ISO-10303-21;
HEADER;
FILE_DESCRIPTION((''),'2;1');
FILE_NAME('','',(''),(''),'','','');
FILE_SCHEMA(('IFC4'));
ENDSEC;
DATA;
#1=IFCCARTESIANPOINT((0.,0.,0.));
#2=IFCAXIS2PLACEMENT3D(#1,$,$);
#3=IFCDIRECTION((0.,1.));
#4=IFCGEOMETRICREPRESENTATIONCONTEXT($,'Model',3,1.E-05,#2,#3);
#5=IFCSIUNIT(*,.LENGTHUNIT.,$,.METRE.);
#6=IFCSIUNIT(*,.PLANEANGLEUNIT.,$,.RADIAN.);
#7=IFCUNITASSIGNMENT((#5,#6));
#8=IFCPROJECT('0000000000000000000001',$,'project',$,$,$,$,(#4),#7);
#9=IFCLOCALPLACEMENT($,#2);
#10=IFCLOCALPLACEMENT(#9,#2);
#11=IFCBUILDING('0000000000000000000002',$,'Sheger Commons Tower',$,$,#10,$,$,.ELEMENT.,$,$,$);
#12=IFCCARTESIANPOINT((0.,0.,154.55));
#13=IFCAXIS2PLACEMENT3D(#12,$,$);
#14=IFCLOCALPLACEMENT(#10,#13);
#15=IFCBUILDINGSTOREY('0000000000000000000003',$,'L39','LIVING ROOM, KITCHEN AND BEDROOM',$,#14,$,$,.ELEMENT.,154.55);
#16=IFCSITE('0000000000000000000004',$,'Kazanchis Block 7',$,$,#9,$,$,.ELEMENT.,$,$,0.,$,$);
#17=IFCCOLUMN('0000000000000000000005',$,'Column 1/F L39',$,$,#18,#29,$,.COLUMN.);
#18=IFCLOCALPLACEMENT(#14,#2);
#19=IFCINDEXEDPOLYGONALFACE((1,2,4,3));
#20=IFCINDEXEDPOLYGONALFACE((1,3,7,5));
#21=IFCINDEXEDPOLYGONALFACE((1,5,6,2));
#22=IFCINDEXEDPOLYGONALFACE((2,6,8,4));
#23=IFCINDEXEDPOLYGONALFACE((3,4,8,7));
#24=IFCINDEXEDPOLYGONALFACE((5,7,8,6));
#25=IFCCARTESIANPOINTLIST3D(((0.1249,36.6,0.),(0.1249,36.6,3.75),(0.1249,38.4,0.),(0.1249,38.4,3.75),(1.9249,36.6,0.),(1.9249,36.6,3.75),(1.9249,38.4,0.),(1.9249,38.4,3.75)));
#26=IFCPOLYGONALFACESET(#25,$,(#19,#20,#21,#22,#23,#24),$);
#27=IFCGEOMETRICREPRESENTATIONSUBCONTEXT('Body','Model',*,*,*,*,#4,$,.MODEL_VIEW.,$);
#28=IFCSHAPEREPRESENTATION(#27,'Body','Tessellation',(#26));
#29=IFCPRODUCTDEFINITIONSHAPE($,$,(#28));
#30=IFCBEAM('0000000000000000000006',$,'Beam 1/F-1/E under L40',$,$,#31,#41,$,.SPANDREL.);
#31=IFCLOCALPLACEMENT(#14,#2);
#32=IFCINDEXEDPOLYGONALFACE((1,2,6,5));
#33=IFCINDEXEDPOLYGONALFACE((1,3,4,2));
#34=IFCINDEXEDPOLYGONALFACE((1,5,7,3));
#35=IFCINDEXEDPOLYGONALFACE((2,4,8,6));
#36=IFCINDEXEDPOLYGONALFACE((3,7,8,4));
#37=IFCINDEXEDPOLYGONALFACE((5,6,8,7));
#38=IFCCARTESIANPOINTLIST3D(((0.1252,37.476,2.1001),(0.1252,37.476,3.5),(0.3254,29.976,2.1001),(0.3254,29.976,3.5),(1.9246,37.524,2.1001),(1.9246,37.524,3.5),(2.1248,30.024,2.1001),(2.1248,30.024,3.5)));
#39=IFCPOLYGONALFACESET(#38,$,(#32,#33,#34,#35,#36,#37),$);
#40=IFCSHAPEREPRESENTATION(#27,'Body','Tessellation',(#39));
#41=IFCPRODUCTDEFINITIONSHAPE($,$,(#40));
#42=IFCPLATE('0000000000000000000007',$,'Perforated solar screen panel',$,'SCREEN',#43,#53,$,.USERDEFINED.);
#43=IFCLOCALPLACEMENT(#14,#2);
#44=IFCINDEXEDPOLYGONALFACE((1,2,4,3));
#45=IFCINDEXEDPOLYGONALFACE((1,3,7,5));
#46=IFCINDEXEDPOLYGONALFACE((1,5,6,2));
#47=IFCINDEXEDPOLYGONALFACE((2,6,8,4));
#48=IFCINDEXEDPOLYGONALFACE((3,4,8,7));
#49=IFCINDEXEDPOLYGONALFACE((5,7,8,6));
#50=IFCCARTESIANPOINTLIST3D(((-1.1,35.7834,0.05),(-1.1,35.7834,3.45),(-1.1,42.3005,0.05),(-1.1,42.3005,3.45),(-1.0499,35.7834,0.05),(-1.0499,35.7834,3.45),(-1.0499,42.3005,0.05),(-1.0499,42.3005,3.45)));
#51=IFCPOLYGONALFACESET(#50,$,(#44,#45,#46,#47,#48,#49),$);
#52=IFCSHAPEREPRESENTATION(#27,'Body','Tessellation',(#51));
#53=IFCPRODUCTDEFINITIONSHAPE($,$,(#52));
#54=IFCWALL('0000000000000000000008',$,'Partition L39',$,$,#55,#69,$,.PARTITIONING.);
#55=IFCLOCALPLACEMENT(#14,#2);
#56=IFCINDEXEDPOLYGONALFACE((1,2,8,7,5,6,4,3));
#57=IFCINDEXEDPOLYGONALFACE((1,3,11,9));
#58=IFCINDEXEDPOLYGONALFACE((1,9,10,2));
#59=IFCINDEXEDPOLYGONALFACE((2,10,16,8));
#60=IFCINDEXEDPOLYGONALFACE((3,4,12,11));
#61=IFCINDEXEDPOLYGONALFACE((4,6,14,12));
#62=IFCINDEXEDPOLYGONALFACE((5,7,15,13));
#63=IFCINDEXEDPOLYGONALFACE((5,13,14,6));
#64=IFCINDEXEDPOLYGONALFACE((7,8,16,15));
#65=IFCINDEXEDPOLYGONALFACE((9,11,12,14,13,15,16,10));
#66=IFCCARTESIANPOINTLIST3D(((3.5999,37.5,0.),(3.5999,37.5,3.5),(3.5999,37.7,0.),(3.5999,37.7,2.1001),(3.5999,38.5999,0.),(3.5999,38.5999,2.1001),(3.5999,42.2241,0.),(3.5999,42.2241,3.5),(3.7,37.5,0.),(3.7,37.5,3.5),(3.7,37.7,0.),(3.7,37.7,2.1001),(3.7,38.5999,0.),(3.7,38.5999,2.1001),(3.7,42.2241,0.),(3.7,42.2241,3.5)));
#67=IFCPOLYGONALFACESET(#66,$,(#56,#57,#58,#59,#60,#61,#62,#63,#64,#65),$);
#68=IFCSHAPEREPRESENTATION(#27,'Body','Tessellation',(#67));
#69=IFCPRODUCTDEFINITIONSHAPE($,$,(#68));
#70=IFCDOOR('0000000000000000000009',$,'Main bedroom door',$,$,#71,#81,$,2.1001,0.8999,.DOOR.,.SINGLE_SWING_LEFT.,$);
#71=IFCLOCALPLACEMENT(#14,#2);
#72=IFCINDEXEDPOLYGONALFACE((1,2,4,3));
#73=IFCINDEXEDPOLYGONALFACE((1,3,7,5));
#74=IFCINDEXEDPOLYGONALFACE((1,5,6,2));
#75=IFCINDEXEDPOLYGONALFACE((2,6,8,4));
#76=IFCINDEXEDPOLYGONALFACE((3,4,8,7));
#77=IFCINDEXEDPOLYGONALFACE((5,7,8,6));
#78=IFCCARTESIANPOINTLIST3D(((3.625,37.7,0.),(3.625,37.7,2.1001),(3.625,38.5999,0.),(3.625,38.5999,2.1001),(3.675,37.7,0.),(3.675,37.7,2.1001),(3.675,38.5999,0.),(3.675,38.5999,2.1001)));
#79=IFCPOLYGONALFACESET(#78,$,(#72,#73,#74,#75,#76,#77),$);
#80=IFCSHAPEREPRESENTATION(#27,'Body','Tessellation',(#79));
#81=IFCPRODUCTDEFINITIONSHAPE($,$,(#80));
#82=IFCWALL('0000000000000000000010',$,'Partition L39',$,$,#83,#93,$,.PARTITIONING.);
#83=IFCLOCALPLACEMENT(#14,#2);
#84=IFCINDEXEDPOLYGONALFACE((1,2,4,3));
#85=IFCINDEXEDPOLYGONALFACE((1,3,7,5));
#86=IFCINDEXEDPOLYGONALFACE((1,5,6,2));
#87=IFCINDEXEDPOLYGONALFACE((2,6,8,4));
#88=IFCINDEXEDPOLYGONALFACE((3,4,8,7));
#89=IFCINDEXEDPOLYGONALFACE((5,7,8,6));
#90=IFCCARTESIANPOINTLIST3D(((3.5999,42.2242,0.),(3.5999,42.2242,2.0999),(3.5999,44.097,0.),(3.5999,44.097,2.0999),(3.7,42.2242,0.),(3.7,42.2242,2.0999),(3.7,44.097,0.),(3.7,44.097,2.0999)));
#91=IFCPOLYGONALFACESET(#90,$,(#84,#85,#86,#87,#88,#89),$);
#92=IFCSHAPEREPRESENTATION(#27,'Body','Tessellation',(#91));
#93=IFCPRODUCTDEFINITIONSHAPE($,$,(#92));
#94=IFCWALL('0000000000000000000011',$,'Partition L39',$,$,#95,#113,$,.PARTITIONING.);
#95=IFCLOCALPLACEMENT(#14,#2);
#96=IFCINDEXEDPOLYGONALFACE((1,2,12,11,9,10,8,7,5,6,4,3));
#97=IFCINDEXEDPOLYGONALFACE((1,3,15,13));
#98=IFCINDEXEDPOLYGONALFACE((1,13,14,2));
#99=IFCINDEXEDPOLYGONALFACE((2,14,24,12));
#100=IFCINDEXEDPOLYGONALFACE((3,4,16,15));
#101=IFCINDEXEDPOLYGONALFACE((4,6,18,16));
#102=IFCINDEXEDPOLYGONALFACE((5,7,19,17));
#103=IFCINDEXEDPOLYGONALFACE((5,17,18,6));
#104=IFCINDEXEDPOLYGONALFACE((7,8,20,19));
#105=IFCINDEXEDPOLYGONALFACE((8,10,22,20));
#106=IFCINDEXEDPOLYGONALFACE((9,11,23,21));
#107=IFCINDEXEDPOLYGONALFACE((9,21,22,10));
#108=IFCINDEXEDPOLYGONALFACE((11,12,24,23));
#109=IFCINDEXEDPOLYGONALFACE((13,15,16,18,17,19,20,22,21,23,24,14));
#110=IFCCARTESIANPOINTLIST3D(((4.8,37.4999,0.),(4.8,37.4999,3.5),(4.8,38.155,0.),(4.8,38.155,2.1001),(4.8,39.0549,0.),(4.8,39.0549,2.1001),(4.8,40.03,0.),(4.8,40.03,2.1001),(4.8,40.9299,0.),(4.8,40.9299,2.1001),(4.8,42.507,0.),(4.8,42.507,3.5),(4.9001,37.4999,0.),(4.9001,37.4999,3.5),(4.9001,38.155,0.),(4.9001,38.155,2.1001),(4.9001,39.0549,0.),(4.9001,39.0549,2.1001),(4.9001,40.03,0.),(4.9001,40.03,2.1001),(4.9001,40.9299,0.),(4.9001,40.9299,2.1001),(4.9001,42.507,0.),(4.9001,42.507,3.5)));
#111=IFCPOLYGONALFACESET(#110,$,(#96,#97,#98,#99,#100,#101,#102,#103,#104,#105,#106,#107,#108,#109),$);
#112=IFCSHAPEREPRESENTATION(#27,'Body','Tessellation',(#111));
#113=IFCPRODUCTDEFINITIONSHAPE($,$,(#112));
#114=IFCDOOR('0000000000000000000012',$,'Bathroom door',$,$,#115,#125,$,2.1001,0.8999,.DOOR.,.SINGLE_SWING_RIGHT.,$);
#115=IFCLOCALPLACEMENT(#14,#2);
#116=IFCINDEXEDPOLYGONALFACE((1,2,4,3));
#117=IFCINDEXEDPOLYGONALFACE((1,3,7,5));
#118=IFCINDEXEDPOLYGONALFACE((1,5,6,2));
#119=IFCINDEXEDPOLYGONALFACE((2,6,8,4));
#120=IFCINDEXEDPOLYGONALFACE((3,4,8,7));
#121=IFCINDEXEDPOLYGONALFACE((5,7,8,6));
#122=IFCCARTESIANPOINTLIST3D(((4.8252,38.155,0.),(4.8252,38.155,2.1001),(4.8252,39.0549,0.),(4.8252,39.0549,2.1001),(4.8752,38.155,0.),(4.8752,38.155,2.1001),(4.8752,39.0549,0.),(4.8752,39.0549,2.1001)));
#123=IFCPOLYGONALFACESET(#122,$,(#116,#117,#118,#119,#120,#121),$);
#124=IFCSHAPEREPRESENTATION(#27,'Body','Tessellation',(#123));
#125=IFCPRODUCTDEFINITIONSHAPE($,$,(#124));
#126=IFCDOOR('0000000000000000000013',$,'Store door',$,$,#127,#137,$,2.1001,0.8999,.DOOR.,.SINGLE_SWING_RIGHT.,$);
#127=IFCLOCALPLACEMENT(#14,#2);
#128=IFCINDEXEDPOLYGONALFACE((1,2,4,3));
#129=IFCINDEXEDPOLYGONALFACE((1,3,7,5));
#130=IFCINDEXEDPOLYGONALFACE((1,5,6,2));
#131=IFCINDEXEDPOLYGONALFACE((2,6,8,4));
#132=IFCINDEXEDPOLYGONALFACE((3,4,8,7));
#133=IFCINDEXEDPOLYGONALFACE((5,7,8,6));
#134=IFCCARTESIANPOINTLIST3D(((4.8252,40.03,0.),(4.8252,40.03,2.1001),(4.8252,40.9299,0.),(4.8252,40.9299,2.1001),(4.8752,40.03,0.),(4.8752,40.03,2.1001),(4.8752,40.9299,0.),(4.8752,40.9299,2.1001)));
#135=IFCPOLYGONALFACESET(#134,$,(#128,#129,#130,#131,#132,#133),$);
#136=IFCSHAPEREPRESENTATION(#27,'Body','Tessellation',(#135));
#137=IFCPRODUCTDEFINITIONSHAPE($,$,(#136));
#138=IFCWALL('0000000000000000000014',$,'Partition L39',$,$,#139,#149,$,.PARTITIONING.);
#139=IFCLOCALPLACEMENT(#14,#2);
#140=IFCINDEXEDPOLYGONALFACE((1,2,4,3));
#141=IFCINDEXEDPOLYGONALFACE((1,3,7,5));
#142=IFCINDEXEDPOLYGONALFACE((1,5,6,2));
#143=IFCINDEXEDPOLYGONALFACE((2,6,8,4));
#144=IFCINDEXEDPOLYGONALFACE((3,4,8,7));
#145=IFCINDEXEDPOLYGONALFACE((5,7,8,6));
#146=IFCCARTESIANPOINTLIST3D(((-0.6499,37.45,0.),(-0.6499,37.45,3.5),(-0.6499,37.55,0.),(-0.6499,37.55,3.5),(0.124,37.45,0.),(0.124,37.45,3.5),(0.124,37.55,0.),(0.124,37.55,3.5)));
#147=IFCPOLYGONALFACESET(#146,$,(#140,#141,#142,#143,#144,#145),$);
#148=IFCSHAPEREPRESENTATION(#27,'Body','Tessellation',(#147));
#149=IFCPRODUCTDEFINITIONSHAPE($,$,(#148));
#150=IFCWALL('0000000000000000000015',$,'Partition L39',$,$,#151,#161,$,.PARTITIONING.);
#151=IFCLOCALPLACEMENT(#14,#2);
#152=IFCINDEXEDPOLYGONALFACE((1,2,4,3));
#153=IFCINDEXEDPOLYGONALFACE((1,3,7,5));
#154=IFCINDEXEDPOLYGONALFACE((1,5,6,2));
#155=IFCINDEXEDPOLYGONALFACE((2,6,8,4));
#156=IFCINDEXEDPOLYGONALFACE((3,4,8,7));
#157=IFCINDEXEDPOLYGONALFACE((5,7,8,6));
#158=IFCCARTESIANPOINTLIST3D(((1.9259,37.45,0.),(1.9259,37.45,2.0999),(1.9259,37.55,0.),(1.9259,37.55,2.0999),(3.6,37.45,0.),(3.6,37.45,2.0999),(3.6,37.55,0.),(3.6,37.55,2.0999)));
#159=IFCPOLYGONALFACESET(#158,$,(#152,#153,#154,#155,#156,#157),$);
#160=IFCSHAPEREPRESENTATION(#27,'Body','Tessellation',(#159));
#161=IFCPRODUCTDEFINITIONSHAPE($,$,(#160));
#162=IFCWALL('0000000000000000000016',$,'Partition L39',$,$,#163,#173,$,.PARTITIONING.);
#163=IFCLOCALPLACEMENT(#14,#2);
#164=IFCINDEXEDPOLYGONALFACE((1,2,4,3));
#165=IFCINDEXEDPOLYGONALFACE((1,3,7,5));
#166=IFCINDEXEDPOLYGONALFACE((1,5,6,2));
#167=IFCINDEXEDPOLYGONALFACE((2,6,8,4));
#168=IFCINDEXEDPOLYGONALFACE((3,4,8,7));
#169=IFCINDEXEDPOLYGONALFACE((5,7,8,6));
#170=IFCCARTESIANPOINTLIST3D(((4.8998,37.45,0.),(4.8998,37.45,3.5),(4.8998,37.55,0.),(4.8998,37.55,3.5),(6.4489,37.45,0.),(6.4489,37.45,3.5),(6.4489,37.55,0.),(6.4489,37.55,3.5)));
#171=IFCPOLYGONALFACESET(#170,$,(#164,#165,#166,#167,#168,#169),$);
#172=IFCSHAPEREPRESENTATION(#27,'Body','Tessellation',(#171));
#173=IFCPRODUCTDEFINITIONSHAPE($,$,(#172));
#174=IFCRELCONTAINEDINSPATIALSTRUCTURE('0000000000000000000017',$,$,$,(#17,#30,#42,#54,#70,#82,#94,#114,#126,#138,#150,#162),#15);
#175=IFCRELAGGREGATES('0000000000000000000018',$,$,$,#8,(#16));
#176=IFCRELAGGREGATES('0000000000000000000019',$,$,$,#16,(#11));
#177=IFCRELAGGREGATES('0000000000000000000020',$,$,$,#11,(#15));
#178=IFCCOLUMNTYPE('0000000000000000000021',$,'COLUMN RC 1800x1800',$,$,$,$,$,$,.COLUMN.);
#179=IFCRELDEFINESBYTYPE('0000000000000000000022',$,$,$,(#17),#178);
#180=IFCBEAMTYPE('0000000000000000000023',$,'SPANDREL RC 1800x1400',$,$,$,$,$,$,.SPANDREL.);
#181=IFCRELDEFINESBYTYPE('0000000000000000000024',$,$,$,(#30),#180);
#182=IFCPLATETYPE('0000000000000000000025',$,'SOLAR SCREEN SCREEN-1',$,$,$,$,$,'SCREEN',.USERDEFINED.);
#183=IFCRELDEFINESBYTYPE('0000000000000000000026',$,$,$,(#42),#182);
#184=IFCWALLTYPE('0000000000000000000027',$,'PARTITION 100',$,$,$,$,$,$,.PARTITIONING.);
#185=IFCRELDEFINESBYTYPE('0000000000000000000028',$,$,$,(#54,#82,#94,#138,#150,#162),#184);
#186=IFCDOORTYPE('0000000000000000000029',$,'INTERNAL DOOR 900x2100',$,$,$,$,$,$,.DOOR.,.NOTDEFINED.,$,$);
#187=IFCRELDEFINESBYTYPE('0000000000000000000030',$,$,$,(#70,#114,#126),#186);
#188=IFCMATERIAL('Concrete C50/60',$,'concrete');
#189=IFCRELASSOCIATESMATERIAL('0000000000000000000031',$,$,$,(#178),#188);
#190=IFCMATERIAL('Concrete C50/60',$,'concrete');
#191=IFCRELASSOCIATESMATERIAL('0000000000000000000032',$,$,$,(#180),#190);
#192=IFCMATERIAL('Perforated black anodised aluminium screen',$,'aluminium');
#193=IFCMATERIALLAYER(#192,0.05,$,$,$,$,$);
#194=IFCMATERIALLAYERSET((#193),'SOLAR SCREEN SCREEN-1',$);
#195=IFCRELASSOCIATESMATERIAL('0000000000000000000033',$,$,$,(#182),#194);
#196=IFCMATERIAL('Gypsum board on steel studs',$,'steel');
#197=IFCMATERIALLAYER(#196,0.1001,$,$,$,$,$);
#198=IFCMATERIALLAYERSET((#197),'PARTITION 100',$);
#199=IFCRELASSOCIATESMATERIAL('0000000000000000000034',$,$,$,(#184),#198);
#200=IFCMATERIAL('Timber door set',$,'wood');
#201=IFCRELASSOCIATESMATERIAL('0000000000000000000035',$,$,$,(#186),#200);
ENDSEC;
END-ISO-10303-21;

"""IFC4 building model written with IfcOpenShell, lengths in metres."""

from ifc_helpers import new_model, si_unit, direction, frame, frame_2d, origin, origin_2d, place, context, subcontext, project, spatial, rectangle, extrude, material, layer, layer_set, material_profile, profile_set, type_object, element, fill, save


model = new_model("IFC4")

# Units and contexts
model_context = context("Model", 3, precision=1e-05, world=origin(), true_north=direction((0.0, 1.0)))
body_context = subcontext(model_context, "Body", "Model", "MODEL_VIEW")
ifc_project = project(units=[si_unit("LENGTHUNIT", "METRE"), si_unit("PLANEANGLEUNIT", "RADIAN")], contexts=[model_context])

# Site, building, storey
site_placement = place(None, origin())
site = spatial("IfcSite", under=ifc_project, at=site_placement, Name="Kazanchis Block 7", CompositionType="ELEMENT", RefElevation=0.0)
building_placement = place(site_placement, origin())
building = spatial("IfcBuilding", under=site, at=building_placement, Name="Sheger Commons Tower", CompositionType="ELEMENT")
storey_placement = place(building_placement, frame((0.0, 0.0, 154.55)))
storey = spatial("IfcBuildingStorey", under=building, at=storey_placement, Name="L39", Description="LIVING ROOM, KITCHEN AND BEDROOM", CompositionType="ELEMENT", Elevation=154.55)

# Column
ifc_material_1 = material(Name="Concrete C50/60", Category="concrete")
ifc_material_profile_1 = material_profile(ifc_material_1, rectangle(XDim=1.8, YDim=1.8, at=origin_2d()), Name="RC 1800x1800")
ifc_profile_set_1 = profile_set([ifc_material_profile_1], Name="Concrete C50/60")
column_type = type_object("IfcColumnType", Name="COLUMN RC 1800x1800", PredefinedType="COLUMN", material=ifc_profile_set_1)
column_placement = place(storey_placement, frame((1.0249, 37.5, 0.0), z_axis=(0.0, 0.0, 1.0), x_axis=(1.0, 0.0, 0.0)))
element("IfcColumn", 1, at=column_placement, inside=storey, type_object=column_type, Name="Column 1/F L39", PredefinedType="COLUMN", context=body_context, shape_type="SweptSolid", body=[
    extrude(rectangle(XDim=1.8, YDim=1.8, at=origin_2d()), origin(), (0.0, 0.0, 1.0), 3.75),
])

# Beam
ifc_material_2 = material(Name="Concrete C50/60", Category="concrete")
ifc_material_profile_2 = material_profile(ifc_material_2, rectangle(XDim=1.8, YDim=1.3999, at=origin_2d()), Name="RC 1800x1400")
ifc_profile_set_2 = profile_set([ifc_material_profile_2], Name="Concrete C50/60")
beam_type = type_object("IfcBeamType", Name="SPANDREL RC 1800x1400", PredefinedType="SPANDREL", material=ifc_profile_set_2)
beam_placement = place(storey_placement, frame((1.0249, 37.5, 2.8), z_axis=(0.026683, -0.999644, 0.0), x_axis=(0.999644, 0.026683, 0.0)))
element("IfcBeam", 2, at=beam_placement, inside=storey, type_object=beam_type, Name="Beam 1/F-1/E under L40", PredefinedType="SPANDREL", context=body_context, shape_type="SweptSolid", body=[
    extrude(rectangle(XDim=1.8, YDim=1.3999, at=origin_2d()), origin(), (0.0, 0.0, 1.0), 7.5027),
])

# Plate
ifc_material_3 = material(Name="Perforated black anodised aluminium screen", Category="aluminium")
ifc_layer_1 = layer(ifc_material_3, 0.05)
ifc_layer_set_1 = layer_set([ifc_layer_1], Name="SOLAR SCREEN SCREEN-1")
plate_type = type_object("IfcPlateType", Name="SOLAR SCREEN SCREEN-1", ElementType="SCREEN", PredefinedType="USERDEFINED", material=ifc_layer_set_1)
plate_placement = place(storey_placement, frame((-1.075, 39.042, 0.05), z_axis=(0.0, 0.0, 1.0), x_axis=(0.0, -1.0, 0.0)))
element("IfcPlate", 3, at=plate_placement, inside=storey, type_object=plate_type, Name="Perforated solar screen panel", ObjectType="SCREEN", PredefinedType="USERDEFINED", context=body_context, shape_type="SweptSolid", body=[
    extrude(rectangle(XDim=6.5171, YDim=0.05, at=origin_2d()), origin(), (0.0, 0.0, 1.0), 3.3999),
])

# Wall, opening, door
ifc_material_4 = material(Name="Gypsum board on steel studs", Category="steel")
ifc_layer_2 = layer(ifc_material_4, 0.1001)
ifc_layer_set_2 = layer_set([ifc_layer_2], Name="PARTITION 100")
wall_type = type_object("IfcWallType", Name="PARTITION 100", PredefinedType="PARTITIONING", material=ifc_layer_set_2)
wall_1_placement = place(storey_placement, frame((3.6499, 37.5, 0.0), z_axis=(0.0, 0.0, 1.0), x_axis=(0.0, 1.0, 0.0)))
wall_1 = element("IfcWall", 4, at=wall_1_placement, inside=storey, type_object=wall_type, Name="Partition L39", PredefinedType="PARTITIONING", context=body_context, shape_type="SweptSolid", body=[
    extrude(rectangle(XDim=4.7241, YDim=0.1001, at=frame_2d((2.3621, 0.0))), origin(), (0.0, 0.0, 1.0), 3.5),
])
opening_1_placement = place(wall_1_placement, frame((0.2, 0.0, 0.0)))
opening_1 = element("IfcOpeningElement", 5, at=opening_1_placement, cuts=wall_1, PredefinedType="OPENING", context=body_context, shape_type="SweptSolid", body=[
    extrude(rectangle(XDim=0.8999, YDim=2.1001, at=frame_2d((0.45, 1.05))), frame((0.0, 0.0601, 0.0), z_axis=(0.0, -1.0, 0.0), x_axis=(1.0, 0.0, 0.0)), (0.0, 0.0, 1.0), 0.1201),
])
ifc_material_5 = material(Name="Timber door set", Category="wood")
door_type = type_object("IfcDoorType", Name="INTERNAL DOOR 900x2100", OperationType="NOTDEFINED", PredefinedType="DOOR", material=ifc_material_5)
door_1_placement = place(opening_1_placement, origin())
door_1 = element("IfcDoor", 6, at=door_1_placement, inside=storey, type_object=door_type, Name="Main bedroom door", OperationType="SINGLE_SWING_LEFT", OverallHeight=2.1001, OverallWidth=0.8999, PredefinedType="DOOR", context=body_context, shape_type="SweptSolid", body=[
    extrude(rectangle(XDim=0.8999, YDim=2.1001, at=frame_2d((0.45, 1.05))), frame((0.0, 0.0249, 0.0), z_axis=(0.0, -1.0, 0.0), x_axis=(1.0, 0.0, 0.0)), (0.0, 0.0, 1.0), 0.05),
])
fill(opening_1, door_1)

# Wall
wall_2_placement = place(storey_placement, frame((3.6499, 42.2241, 0.0), z_axis=(0.0, 0.0, 1.0), x_axis=(0.0, 1.0, 0.0)))
element("IfcWall", 7, at=wall_2_placement, inside=storey, type_object=wall_type, Name="Partition L39", PredefinedType="PARTITIONING", context=body_context, shape_type="SweptSolid", body=[
    extrude(rectangle(XDim=1.8728, YDim=0.1001, at=frame_2d((0.9365, 0.0))), origin(), (0.0, 0.0, 1.0), 2.0999),
])

# Wall, openings, doors
wall_3_placement = place(storey_placement, frame((4.8501, 37.5, 0.0), z_axis=(0.0, 0.0, 1.0), x_axis=(0.0, 1.0, 0.0)))
wall_3 = element("IfcWall", 8, at=wall_3_placement, inside=storey, type_object=wall_type, Name="Partition L39", PredefinedType="PARTITIONING", context=body_context, shape_type="SweptSolid", body=[
    extrude(rectangle(XDim=5.0071, YDim=0.1001, at=frame_2d((2.5034, 0.0))), origin(), (0.0, 0.0, 1.0), 3.5),
])
opening_2_placement = place(wall_3_placement, frame((0.655, 0.0, 0.0)))
opening_2 = element("IfcOpeningElement", 9, at=opening_2_placement, cuts=wall_3, PredefinedType="OPENING", context=body_context, shape_type="SweptSolid", body=[
    extrude(rectangle(XDim=0.8999, YDim=2.1001, at=frame_2d((0.45, 1.05))), frame((0.0, 0.0601, 0.0), z_axis=(0.0, -1.0, 0.0), x_axis=(1.0, 0.0, 0.0)), (0.0, 0.0, 1.0), 0.1201),
])
opening_3_placement = place(wall_3_placement, frame((2.53, 0.0, 0.0)))
opening_3 = element("IfcOpeningElement", 10, at=opening_3_placement, cuts=wall_3, PredefinedType="OPENING", context=body_context, shape_type="SweptSolid", body=[
    extrude(rectangle(XDim=0.8999, YDim=2.1001, at=frame_2d((0.45, 1.05))), frame((0.0, 0.0601, 0.0), z_axis=(0.0, -1.0, 0.0), x_axis=(1.0, 0.0, 0.0)), (0.0, 0.0, 1.0), 0.1201),
])
door_2_placement = place(opening_2_placement, origin())
door_2 = element("IfcDoor", 11, at=door_2_placement, inside=storey, type_object=door_type, Name="Bathroom door", OperationType="SINGLE_SWING_RIGHT", OverallHeight=2.1001, OverallWidth=0.8999, PredefinedType="DOOR", context=body_context, shape_type="SweptSolid", body=[
    extrude(rectangle(XDim=0.8999, YDim=2.1001, at=frame_2d((0.45, 1.05))), frame((0.0, 0.0249, 0.0), z_axis=(0.0, -1.0, 0.0), x_axis=(1.0, 0.0, 0.0)), (0.0, 0.0, 1.0), 0.05),
])
fill(opening_2, door_2)
door_3_placement = place(opening_3_placement, origin())
door_3 = element("IfcDoor", 12, at=door_3_placement, inside=storey, type_object=door_type, Name="Store door", OperationType="SINGLE_SWING_RIGHT", OverallHeight=2.1001, OverallWidth=0.8999, PredefinedType="DOOR", context=body_context, shape_type="SweptSolid", body=[
    extrude(rectangle(XDim=0.8999, YDim=2.1001, at=frame_2d((0.45, 1.05))), frame((0.0, 0.0249, 0.0), z_axis=(0.0, -1.0, 0.0), x_axis=(1.0, 0.0, 0.0)), (0.0, 0.0, 1.0), 0.05),
])
fill(opening_3, door_3)

# Walls
wall_4_placement = place(storey_placement, frame((-0.6499, 37.5, 0.0), z_axis=(0.0, 0.0, 1.0), x_axis=(1.0, 0.0, 0.0)))
element("IfcWall", 13, at=wall_4_placement, inside=storey, type_object=wall_type, Name="Partition L39", PredefinedType="PARTITIONING", context=body_context, shape_type="SweptSolid", body=[
    extrude(rectangle(XDim=0.7739, YDim=0.1001, at=frame_2d((0.387, 0.0))), origin(), (0.0, 0.0, 1.0), 3.5),
])
wall_5_placement = place(storey_placement, frame((1.926, 37.5, 0.0), z_axis=(0.0, 0.0, 1.0), x_axis=(1.0, 0.0, 0.0)))
element("IfcWall", 14, at=wall_5_placement, inside=storey, type_object=wall_type, Name="Partition L39", PredefinedType="PARTITIONING", context=body_context, shape_type="SweptSolid", body=[
    extrude(rectangle(XDim=1.6741, YDim=0.1001, at=frame_2d((0.8369, 0.0))), origin(), (0.0, 0.0, 1.0), 2.0999),
])
wall_6_placement = place(storey_placement, frame((4.8999, 37.5, 0.0), z_axis=(0.0, 0.0, 1.0), x_axis=(1.0, 0.0, 0.0)))
element("IfcWall", 15, at=wall_6_placement, inside=storey, type_object=wall_type, Name="Partition L39", PredefinedType="PARTITIONING", context=body_context, shape_type="SweptSolid", body=[
    extrude(rectangle(XDim=1.5491, YDim=0.1001, at=frame_2d((0.7744, 0.0))), origin(), (0.0, 0.0, 1.0), 3.5),
])

save(model, "model.ifc")
